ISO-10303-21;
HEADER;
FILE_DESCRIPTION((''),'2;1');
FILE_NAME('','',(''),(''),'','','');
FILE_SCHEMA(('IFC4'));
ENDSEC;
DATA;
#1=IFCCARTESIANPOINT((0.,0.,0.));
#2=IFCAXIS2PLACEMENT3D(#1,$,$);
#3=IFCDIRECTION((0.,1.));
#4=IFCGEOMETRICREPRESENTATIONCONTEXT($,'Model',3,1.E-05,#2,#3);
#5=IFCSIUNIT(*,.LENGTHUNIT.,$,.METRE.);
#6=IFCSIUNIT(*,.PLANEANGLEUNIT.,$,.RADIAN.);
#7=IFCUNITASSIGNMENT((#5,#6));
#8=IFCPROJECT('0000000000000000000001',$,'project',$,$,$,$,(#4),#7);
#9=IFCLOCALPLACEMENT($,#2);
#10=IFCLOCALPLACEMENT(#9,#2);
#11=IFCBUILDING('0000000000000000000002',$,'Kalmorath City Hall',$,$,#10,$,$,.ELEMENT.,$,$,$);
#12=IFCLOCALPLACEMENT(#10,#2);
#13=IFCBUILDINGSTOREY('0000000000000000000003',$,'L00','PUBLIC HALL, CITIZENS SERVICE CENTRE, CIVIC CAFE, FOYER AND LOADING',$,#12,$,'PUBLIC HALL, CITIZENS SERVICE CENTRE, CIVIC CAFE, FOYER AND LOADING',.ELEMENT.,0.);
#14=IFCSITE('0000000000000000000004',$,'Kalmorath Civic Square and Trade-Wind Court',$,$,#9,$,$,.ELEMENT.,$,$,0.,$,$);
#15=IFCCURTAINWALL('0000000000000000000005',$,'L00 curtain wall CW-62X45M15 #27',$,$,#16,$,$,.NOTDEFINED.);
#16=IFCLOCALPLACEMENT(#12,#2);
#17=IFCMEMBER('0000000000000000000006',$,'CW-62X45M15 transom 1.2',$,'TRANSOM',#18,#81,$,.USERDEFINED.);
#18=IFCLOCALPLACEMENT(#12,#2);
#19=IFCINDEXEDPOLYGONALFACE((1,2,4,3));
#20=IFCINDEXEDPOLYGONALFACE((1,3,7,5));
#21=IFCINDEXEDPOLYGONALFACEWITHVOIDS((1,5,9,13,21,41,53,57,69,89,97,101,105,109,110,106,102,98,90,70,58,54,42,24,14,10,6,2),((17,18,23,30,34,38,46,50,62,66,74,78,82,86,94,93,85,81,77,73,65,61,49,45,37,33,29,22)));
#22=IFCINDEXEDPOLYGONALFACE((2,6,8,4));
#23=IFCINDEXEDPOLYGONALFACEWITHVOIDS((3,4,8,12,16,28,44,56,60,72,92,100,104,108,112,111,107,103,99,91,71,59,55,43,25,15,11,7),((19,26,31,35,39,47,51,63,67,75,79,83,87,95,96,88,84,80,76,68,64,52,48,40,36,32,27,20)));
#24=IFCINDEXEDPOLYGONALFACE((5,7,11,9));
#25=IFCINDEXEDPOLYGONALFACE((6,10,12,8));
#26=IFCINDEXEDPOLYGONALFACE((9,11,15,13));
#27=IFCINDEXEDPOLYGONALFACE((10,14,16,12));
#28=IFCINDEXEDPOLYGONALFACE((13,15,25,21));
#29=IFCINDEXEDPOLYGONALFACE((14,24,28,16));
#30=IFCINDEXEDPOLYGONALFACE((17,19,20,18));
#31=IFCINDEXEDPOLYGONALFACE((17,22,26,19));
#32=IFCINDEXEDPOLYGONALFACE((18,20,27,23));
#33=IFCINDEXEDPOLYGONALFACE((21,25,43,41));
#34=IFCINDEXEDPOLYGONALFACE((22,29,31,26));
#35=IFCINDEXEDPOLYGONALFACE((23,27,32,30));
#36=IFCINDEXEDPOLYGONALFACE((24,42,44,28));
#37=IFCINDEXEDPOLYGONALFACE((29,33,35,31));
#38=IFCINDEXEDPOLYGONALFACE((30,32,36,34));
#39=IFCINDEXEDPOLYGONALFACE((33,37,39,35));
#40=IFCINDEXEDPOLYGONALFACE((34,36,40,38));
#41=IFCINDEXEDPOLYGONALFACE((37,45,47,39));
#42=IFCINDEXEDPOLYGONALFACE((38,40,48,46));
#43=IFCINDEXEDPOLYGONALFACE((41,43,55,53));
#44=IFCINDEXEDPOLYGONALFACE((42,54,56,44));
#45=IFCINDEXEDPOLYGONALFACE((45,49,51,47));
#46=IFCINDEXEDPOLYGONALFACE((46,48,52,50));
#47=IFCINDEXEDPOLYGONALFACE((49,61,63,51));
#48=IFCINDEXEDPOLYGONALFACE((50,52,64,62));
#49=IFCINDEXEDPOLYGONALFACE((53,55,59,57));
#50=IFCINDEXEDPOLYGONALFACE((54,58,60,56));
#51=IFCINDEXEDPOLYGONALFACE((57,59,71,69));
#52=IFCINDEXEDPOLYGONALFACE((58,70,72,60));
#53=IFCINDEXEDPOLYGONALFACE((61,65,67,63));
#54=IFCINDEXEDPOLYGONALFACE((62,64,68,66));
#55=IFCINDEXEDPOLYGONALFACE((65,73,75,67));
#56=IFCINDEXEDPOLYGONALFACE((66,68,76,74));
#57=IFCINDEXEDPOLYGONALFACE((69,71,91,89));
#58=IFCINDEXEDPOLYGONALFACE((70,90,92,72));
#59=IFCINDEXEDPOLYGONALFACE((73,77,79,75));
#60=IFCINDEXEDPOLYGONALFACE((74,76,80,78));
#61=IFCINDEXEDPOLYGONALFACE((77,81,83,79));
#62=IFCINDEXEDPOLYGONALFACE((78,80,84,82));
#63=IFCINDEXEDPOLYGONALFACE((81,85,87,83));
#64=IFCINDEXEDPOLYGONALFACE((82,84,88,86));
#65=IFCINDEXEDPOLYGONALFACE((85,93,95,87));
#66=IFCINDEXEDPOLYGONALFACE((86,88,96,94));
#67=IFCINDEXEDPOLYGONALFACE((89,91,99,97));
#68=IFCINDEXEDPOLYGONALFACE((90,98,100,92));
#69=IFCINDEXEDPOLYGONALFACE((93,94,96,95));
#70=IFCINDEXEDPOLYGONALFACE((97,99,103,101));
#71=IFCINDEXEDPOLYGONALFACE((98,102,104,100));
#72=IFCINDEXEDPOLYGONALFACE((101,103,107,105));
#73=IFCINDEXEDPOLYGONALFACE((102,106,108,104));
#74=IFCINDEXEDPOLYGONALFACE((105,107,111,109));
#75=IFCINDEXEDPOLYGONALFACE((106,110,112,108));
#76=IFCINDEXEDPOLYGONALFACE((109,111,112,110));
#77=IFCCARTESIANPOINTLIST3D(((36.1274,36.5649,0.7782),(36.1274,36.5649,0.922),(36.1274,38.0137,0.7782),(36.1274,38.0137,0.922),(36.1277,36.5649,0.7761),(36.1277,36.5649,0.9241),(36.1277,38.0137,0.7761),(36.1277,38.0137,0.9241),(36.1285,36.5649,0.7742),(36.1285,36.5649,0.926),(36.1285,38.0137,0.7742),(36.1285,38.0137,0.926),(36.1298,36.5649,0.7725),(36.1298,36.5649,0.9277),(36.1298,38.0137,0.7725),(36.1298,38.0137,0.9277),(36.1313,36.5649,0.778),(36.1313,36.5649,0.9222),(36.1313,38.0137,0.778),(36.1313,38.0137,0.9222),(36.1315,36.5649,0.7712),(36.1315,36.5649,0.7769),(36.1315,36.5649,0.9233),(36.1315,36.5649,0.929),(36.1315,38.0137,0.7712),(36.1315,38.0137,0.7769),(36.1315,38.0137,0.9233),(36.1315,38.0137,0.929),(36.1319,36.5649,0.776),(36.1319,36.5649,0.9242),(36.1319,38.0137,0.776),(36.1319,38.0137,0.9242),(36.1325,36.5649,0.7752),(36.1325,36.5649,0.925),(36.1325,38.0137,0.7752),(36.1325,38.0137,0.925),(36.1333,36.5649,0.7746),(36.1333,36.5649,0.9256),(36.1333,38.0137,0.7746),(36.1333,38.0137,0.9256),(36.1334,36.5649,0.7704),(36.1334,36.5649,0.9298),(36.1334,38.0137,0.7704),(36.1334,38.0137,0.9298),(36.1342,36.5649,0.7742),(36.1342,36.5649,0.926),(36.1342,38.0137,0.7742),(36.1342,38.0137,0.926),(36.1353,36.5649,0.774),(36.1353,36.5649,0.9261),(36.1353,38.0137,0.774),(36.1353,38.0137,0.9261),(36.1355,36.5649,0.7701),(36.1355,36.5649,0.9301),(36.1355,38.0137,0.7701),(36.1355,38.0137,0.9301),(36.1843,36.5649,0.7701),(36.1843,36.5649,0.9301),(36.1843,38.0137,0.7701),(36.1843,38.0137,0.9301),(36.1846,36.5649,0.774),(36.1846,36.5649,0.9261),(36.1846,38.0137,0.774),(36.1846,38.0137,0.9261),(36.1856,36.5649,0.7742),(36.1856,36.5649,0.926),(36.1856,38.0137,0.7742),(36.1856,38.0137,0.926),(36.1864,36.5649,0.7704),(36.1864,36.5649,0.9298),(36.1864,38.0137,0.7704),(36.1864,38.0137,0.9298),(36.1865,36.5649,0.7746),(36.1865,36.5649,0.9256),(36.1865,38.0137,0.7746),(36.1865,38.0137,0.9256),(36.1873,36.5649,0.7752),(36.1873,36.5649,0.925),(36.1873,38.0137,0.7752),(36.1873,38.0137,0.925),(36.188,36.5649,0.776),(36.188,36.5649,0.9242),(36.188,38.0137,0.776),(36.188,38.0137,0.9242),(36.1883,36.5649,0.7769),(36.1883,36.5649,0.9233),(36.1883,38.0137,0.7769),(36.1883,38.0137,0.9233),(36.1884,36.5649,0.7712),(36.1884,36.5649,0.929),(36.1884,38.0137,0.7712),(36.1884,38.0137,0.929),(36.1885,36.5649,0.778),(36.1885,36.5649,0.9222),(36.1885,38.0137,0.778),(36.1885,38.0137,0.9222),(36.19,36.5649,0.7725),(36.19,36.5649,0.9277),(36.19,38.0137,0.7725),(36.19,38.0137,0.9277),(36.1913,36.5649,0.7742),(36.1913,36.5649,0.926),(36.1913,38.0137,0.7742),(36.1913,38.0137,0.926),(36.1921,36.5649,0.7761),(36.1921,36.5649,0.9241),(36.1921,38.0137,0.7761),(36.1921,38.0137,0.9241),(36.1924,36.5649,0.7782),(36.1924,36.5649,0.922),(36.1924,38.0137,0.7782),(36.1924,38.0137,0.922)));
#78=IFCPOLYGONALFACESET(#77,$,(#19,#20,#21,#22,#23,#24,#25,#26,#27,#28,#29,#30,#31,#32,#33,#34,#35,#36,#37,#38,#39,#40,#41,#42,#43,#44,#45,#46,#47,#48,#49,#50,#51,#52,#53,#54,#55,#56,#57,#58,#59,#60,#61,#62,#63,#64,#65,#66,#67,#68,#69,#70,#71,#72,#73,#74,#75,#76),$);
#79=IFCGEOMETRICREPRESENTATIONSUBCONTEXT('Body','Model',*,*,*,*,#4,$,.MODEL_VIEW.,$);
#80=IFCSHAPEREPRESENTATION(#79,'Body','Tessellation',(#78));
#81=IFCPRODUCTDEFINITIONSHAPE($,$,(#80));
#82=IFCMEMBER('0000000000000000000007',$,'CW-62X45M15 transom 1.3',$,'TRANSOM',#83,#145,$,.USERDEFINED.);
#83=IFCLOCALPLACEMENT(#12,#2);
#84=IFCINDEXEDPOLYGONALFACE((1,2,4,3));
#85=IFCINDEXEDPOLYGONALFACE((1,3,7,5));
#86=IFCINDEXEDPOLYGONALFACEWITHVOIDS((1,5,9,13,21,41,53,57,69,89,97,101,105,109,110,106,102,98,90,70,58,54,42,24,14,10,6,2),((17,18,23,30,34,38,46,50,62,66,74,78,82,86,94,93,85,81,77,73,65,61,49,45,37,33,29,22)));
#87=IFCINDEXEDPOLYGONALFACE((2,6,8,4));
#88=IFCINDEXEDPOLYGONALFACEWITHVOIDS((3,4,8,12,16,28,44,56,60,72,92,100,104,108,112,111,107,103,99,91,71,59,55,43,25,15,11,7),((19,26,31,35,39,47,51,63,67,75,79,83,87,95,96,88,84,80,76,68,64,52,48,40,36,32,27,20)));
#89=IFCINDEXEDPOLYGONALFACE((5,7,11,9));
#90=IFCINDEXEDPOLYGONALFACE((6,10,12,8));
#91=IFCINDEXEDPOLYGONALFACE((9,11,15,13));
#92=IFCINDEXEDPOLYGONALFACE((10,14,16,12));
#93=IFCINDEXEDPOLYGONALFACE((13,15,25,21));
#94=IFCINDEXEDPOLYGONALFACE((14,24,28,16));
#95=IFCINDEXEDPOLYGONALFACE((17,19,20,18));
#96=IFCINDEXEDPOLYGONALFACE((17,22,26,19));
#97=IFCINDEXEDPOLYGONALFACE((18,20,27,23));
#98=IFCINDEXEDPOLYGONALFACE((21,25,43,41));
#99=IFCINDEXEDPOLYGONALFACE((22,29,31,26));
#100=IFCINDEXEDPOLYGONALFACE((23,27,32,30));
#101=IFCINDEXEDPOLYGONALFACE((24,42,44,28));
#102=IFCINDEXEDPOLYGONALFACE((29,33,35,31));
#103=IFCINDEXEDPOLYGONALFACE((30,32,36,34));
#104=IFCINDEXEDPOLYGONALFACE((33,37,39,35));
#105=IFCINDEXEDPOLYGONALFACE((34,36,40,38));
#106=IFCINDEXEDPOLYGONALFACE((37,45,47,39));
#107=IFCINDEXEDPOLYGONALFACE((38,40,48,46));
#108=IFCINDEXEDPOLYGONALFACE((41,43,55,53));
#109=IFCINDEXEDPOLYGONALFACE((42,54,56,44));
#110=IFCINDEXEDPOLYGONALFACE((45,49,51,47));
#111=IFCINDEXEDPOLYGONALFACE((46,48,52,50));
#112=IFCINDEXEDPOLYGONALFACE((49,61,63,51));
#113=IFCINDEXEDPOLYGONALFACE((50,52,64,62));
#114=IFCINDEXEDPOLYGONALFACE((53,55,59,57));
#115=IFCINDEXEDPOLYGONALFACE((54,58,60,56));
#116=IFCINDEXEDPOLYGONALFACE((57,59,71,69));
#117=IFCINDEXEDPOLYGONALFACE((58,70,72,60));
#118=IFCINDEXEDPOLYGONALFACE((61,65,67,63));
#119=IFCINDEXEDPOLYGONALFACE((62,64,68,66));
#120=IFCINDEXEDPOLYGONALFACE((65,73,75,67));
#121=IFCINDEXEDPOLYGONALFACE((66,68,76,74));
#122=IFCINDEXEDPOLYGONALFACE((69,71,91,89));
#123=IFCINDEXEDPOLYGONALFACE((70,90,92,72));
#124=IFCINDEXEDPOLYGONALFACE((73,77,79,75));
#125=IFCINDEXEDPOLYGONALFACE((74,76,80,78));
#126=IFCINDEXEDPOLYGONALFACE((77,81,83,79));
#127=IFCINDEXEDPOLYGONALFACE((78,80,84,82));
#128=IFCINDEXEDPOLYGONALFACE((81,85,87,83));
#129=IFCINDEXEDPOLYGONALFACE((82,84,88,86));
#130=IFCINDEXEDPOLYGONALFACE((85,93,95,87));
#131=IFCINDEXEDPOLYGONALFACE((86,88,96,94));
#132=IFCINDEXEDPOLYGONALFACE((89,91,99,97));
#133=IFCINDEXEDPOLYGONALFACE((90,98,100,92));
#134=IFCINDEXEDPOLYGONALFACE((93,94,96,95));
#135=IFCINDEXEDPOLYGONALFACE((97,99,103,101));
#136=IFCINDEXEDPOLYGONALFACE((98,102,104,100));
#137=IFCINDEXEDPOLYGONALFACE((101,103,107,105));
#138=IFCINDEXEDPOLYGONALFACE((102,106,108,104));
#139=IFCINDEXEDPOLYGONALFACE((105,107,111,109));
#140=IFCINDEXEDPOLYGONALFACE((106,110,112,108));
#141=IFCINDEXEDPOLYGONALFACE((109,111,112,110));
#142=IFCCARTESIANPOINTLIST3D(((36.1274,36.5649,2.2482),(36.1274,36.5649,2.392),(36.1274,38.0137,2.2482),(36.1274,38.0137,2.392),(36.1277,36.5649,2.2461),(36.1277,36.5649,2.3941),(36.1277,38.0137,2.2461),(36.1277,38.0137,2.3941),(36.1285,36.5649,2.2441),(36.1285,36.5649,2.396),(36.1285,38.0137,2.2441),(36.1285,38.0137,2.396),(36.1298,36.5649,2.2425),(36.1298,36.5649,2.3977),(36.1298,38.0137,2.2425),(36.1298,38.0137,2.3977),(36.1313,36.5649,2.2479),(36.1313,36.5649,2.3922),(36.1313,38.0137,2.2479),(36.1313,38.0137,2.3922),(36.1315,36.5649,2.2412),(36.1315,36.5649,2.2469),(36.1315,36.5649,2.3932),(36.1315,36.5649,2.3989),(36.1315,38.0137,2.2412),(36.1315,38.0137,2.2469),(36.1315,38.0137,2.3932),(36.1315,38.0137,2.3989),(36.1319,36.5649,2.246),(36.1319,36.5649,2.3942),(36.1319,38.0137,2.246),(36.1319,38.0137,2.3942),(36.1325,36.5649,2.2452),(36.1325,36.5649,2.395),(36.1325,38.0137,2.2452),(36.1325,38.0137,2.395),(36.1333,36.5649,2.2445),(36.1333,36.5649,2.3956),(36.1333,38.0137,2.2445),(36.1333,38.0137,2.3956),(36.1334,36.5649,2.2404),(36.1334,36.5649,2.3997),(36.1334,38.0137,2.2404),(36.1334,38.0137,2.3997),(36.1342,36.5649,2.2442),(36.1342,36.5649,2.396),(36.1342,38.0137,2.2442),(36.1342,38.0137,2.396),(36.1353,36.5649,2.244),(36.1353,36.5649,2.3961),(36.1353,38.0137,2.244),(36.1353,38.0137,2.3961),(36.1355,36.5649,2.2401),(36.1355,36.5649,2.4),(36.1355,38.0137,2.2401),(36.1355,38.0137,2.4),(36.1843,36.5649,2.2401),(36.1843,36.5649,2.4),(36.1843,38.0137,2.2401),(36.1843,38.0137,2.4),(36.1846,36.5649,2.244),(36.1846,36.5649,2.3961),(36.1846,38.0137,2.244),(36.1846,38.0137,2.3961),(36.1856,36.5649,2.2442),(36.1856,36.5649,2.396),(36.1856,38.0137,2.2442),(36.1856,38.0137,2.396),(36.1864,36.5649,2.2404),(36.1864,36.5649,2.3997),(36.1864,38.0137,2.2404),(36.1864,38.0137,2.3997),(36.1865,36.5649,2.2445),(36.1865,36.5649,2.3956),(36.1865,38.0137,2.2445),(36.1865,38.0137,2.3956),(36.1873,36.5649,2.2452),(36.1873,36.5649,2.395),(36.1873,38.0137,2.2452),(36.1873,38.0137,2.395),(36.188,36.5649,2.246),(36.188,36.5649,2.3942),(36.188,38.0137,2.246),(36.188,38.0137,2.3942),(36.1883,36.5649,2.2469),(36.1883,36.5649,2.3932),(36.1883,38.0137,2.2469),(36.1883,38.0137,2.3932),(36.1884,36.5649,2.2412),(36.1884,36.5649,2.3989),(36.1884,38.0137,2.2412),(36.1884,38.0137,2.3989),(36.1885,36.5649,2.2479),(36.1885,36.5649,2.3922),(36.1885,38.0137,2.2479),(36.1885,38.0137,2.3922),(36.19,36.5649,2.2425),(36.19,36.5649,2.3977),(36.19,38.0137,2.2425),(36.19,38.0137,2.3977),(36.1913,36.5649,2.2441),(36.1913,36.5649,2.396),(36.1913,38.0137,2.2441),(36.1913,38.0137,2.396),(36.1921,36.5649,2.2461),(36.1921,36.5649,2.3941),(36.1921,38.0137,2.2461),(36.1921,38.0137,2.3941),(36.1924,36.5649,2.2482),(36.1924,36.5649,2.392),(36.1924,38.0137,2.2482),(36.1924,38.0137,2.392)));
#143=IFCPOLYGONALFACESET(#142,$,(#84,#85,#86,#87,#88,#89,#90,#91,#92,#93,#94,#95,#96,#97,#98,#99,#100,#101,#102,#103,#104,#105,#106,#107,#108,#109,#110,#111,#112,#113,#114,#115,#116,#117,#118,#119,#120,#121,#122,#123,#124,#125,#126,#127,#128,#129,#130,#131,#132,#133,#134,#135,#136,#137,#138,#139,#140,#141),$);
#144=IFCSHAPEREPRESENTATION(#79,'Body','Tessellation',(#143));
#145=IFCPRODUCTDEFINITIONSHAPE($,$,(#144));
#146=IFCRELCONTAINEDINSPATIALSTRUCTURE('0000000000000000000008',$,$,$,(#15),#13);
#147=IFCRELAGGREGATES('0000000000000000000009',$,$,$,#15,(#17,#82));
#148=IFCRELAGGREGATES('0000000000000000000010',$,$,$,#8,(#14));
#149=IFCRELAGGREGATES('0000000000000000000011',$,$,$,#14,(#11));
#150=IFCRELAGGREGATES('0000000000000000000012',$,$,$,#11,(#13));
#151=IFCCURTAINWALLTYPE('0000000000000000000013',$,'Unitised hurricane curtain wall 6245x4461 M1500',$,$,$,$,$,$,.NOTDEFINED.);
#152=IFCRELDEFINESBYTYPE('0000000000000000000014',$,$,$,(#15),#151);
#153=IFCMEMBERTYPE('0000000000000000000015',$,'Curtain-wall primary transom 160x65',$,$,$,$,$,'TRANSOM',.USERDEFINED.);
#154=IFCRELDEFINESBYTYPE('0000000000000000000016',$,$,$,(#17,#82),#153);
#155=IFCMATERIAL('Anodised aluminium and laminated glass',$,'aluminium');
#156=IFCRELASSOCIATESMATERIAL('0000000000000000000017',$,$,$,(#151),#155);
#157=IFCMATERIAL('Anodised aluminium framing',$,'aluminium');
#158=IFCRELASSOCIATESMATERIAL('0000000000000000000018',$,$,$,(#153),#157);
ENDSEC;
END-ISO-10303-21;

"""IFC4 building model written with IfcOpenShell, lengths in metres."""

from ifc_helpers import new_model, si_unit, direction, frame, origin, origin_2d, place, context, subcontext, project, spatial, hollow_rectangle, extrude, material, material_profile, profile_set, type_object, element, aggregate, save


model = new_model("IFC4")

# Units and contexts
model_context = context("Model", 3, precision=1e-05, world=origin(), true_north=direction((0.0, 1.0)))
body_context = subcontext(model_context, "Body", "Model", "MODEL_VIEW")
ifc_project = project(units=[si_unit("LENGTHUNIT", "METRE"), si_unit("PLANEANGLEUNIT", "RADIAN")], contexts=[model_context])

# Site, building, storey
site_placement = place(None, origin())
site = spatial("IfcSite", under=ifc_project, at=site_placement, Name="Kalmorath Civic Square and Trade-Wind Court", CompositionType="ELEMENT", RefElevation=0.0)
building_placement = place(site_placement, origin())
building = spatial("IfcBuilding", under=site, at=building_placement, Name="Kalmorath City Hall", CompositionType="ELEMENT")
storey_placement = place(building_placement, origin())
storey = spatial("IfcBuildingStorey", under=building, at=storey_placement, Name="L00", Description="PUBLIC HALL, CITIZENS SERVICE CENTRE, CIVIC CAFE, FOYER AND LOADING", LongName="PUBLIC HALL, CITIZENS SERVICE CENTRE, CIVIC CAFE, FOYER AND LOADING", CompositionType="ELEMENT", Elevation=0.0)

# Curtain wall, members
ifc_material_1 = material(Name="Anodised aluminium and laminated glass", Category="aluminium")
curtain_wall_type = type_object("IfcCurtainWallType", Name="Unitised hurricane curtain wall 6245x4461 M1500", PredefinedType="NOTDEFINED", material=ifc_material_1)
curtain_wall_placement = place(storey_placement, origin())
curtain_wall = element("IfcCurtainWall", 1, at=curtain_wall_placement, inside=storey, type_object=curtain_wall_type, Name="L00 curtain wall CW-62X45M15 #27", PredefinedType="NOTDEFINED")
ifc_material_2 = material(Name="Anodised aluminium framing", Category="aluminium")
ifc_material_profile_1 = material_profile(ifc_material_2, hollow_rectangle(XDim=0.0649, YDim=0.1599, WallThickness=0.0039, InnerFilletRadius=0.0039, OuterFilletRadius=0.0081, at=origin_2d()), Name="ALU-TRN-160X65X4")
ifc_profile_set_1 = profile_set([ifc_material_profile_1], Name="Anodised aluminium framing")
member_type_1 = type_object("IfcMemberType", Name="Curtain-wall primary transom 160x65", ElementType="TRANSOM", PredefinedType="USERDEFINED", material=ifc_profile_set_1)
member_1_placement = place(storey_placement, frame((36.1599, 36.5649, 0.8501), z_axis=(0.0, 1.0, 0.0), x_axis=(-1.0, 0.0, 0.0)))
member_1 = element("IfcMember", 2, at=member_1_placement, type_object=member_type_1, Name="CW-62X45M15 transom 1.2", ObjectType="TRANSOM", PredefinedType="USERDEFINED", context=body_context, shape_type="SweptSolid", body=[
    extrude(hollow_rectangle(XDim=0.0649, YDim=0.1599, WallThickness=0.0039, InnerFilletRadius=0.0039, OuterFilletRadius=0.0081, at=origin_2d()), origin(), (0.0, 0.0, 1.0), 1.4487),
])
member_2_placement = place(storey_placement, frame((36.1599, 36.5649, 2.3201), z_axis=(0.0, 1.0, 0.0), x_axis=(-1.0, 0.0, 0.0)))
member_2 = element("IfcMember", 3, at=member_2_placement, type_object=member_type_1, Name="CW-62X45M15 transom 1.3", ObjectType="TRANSOM", PredefinedType="USERDEFINED", context=body_context, shape_type="SweptSolid", body=[
    extrude(hollow_rectangle(XDim=0.0649, YDim=0.1599, WallThickness=0.0039, InnerFilletRadius=0.0039, OuterFilletRadius=0.0081, at=origin_2d()), origin(), (0.0, 0.0, 1.0), 1.4487),
])

aggregate(curtain_wall, [member_1, member_2])

save(model, "model.ifc")
